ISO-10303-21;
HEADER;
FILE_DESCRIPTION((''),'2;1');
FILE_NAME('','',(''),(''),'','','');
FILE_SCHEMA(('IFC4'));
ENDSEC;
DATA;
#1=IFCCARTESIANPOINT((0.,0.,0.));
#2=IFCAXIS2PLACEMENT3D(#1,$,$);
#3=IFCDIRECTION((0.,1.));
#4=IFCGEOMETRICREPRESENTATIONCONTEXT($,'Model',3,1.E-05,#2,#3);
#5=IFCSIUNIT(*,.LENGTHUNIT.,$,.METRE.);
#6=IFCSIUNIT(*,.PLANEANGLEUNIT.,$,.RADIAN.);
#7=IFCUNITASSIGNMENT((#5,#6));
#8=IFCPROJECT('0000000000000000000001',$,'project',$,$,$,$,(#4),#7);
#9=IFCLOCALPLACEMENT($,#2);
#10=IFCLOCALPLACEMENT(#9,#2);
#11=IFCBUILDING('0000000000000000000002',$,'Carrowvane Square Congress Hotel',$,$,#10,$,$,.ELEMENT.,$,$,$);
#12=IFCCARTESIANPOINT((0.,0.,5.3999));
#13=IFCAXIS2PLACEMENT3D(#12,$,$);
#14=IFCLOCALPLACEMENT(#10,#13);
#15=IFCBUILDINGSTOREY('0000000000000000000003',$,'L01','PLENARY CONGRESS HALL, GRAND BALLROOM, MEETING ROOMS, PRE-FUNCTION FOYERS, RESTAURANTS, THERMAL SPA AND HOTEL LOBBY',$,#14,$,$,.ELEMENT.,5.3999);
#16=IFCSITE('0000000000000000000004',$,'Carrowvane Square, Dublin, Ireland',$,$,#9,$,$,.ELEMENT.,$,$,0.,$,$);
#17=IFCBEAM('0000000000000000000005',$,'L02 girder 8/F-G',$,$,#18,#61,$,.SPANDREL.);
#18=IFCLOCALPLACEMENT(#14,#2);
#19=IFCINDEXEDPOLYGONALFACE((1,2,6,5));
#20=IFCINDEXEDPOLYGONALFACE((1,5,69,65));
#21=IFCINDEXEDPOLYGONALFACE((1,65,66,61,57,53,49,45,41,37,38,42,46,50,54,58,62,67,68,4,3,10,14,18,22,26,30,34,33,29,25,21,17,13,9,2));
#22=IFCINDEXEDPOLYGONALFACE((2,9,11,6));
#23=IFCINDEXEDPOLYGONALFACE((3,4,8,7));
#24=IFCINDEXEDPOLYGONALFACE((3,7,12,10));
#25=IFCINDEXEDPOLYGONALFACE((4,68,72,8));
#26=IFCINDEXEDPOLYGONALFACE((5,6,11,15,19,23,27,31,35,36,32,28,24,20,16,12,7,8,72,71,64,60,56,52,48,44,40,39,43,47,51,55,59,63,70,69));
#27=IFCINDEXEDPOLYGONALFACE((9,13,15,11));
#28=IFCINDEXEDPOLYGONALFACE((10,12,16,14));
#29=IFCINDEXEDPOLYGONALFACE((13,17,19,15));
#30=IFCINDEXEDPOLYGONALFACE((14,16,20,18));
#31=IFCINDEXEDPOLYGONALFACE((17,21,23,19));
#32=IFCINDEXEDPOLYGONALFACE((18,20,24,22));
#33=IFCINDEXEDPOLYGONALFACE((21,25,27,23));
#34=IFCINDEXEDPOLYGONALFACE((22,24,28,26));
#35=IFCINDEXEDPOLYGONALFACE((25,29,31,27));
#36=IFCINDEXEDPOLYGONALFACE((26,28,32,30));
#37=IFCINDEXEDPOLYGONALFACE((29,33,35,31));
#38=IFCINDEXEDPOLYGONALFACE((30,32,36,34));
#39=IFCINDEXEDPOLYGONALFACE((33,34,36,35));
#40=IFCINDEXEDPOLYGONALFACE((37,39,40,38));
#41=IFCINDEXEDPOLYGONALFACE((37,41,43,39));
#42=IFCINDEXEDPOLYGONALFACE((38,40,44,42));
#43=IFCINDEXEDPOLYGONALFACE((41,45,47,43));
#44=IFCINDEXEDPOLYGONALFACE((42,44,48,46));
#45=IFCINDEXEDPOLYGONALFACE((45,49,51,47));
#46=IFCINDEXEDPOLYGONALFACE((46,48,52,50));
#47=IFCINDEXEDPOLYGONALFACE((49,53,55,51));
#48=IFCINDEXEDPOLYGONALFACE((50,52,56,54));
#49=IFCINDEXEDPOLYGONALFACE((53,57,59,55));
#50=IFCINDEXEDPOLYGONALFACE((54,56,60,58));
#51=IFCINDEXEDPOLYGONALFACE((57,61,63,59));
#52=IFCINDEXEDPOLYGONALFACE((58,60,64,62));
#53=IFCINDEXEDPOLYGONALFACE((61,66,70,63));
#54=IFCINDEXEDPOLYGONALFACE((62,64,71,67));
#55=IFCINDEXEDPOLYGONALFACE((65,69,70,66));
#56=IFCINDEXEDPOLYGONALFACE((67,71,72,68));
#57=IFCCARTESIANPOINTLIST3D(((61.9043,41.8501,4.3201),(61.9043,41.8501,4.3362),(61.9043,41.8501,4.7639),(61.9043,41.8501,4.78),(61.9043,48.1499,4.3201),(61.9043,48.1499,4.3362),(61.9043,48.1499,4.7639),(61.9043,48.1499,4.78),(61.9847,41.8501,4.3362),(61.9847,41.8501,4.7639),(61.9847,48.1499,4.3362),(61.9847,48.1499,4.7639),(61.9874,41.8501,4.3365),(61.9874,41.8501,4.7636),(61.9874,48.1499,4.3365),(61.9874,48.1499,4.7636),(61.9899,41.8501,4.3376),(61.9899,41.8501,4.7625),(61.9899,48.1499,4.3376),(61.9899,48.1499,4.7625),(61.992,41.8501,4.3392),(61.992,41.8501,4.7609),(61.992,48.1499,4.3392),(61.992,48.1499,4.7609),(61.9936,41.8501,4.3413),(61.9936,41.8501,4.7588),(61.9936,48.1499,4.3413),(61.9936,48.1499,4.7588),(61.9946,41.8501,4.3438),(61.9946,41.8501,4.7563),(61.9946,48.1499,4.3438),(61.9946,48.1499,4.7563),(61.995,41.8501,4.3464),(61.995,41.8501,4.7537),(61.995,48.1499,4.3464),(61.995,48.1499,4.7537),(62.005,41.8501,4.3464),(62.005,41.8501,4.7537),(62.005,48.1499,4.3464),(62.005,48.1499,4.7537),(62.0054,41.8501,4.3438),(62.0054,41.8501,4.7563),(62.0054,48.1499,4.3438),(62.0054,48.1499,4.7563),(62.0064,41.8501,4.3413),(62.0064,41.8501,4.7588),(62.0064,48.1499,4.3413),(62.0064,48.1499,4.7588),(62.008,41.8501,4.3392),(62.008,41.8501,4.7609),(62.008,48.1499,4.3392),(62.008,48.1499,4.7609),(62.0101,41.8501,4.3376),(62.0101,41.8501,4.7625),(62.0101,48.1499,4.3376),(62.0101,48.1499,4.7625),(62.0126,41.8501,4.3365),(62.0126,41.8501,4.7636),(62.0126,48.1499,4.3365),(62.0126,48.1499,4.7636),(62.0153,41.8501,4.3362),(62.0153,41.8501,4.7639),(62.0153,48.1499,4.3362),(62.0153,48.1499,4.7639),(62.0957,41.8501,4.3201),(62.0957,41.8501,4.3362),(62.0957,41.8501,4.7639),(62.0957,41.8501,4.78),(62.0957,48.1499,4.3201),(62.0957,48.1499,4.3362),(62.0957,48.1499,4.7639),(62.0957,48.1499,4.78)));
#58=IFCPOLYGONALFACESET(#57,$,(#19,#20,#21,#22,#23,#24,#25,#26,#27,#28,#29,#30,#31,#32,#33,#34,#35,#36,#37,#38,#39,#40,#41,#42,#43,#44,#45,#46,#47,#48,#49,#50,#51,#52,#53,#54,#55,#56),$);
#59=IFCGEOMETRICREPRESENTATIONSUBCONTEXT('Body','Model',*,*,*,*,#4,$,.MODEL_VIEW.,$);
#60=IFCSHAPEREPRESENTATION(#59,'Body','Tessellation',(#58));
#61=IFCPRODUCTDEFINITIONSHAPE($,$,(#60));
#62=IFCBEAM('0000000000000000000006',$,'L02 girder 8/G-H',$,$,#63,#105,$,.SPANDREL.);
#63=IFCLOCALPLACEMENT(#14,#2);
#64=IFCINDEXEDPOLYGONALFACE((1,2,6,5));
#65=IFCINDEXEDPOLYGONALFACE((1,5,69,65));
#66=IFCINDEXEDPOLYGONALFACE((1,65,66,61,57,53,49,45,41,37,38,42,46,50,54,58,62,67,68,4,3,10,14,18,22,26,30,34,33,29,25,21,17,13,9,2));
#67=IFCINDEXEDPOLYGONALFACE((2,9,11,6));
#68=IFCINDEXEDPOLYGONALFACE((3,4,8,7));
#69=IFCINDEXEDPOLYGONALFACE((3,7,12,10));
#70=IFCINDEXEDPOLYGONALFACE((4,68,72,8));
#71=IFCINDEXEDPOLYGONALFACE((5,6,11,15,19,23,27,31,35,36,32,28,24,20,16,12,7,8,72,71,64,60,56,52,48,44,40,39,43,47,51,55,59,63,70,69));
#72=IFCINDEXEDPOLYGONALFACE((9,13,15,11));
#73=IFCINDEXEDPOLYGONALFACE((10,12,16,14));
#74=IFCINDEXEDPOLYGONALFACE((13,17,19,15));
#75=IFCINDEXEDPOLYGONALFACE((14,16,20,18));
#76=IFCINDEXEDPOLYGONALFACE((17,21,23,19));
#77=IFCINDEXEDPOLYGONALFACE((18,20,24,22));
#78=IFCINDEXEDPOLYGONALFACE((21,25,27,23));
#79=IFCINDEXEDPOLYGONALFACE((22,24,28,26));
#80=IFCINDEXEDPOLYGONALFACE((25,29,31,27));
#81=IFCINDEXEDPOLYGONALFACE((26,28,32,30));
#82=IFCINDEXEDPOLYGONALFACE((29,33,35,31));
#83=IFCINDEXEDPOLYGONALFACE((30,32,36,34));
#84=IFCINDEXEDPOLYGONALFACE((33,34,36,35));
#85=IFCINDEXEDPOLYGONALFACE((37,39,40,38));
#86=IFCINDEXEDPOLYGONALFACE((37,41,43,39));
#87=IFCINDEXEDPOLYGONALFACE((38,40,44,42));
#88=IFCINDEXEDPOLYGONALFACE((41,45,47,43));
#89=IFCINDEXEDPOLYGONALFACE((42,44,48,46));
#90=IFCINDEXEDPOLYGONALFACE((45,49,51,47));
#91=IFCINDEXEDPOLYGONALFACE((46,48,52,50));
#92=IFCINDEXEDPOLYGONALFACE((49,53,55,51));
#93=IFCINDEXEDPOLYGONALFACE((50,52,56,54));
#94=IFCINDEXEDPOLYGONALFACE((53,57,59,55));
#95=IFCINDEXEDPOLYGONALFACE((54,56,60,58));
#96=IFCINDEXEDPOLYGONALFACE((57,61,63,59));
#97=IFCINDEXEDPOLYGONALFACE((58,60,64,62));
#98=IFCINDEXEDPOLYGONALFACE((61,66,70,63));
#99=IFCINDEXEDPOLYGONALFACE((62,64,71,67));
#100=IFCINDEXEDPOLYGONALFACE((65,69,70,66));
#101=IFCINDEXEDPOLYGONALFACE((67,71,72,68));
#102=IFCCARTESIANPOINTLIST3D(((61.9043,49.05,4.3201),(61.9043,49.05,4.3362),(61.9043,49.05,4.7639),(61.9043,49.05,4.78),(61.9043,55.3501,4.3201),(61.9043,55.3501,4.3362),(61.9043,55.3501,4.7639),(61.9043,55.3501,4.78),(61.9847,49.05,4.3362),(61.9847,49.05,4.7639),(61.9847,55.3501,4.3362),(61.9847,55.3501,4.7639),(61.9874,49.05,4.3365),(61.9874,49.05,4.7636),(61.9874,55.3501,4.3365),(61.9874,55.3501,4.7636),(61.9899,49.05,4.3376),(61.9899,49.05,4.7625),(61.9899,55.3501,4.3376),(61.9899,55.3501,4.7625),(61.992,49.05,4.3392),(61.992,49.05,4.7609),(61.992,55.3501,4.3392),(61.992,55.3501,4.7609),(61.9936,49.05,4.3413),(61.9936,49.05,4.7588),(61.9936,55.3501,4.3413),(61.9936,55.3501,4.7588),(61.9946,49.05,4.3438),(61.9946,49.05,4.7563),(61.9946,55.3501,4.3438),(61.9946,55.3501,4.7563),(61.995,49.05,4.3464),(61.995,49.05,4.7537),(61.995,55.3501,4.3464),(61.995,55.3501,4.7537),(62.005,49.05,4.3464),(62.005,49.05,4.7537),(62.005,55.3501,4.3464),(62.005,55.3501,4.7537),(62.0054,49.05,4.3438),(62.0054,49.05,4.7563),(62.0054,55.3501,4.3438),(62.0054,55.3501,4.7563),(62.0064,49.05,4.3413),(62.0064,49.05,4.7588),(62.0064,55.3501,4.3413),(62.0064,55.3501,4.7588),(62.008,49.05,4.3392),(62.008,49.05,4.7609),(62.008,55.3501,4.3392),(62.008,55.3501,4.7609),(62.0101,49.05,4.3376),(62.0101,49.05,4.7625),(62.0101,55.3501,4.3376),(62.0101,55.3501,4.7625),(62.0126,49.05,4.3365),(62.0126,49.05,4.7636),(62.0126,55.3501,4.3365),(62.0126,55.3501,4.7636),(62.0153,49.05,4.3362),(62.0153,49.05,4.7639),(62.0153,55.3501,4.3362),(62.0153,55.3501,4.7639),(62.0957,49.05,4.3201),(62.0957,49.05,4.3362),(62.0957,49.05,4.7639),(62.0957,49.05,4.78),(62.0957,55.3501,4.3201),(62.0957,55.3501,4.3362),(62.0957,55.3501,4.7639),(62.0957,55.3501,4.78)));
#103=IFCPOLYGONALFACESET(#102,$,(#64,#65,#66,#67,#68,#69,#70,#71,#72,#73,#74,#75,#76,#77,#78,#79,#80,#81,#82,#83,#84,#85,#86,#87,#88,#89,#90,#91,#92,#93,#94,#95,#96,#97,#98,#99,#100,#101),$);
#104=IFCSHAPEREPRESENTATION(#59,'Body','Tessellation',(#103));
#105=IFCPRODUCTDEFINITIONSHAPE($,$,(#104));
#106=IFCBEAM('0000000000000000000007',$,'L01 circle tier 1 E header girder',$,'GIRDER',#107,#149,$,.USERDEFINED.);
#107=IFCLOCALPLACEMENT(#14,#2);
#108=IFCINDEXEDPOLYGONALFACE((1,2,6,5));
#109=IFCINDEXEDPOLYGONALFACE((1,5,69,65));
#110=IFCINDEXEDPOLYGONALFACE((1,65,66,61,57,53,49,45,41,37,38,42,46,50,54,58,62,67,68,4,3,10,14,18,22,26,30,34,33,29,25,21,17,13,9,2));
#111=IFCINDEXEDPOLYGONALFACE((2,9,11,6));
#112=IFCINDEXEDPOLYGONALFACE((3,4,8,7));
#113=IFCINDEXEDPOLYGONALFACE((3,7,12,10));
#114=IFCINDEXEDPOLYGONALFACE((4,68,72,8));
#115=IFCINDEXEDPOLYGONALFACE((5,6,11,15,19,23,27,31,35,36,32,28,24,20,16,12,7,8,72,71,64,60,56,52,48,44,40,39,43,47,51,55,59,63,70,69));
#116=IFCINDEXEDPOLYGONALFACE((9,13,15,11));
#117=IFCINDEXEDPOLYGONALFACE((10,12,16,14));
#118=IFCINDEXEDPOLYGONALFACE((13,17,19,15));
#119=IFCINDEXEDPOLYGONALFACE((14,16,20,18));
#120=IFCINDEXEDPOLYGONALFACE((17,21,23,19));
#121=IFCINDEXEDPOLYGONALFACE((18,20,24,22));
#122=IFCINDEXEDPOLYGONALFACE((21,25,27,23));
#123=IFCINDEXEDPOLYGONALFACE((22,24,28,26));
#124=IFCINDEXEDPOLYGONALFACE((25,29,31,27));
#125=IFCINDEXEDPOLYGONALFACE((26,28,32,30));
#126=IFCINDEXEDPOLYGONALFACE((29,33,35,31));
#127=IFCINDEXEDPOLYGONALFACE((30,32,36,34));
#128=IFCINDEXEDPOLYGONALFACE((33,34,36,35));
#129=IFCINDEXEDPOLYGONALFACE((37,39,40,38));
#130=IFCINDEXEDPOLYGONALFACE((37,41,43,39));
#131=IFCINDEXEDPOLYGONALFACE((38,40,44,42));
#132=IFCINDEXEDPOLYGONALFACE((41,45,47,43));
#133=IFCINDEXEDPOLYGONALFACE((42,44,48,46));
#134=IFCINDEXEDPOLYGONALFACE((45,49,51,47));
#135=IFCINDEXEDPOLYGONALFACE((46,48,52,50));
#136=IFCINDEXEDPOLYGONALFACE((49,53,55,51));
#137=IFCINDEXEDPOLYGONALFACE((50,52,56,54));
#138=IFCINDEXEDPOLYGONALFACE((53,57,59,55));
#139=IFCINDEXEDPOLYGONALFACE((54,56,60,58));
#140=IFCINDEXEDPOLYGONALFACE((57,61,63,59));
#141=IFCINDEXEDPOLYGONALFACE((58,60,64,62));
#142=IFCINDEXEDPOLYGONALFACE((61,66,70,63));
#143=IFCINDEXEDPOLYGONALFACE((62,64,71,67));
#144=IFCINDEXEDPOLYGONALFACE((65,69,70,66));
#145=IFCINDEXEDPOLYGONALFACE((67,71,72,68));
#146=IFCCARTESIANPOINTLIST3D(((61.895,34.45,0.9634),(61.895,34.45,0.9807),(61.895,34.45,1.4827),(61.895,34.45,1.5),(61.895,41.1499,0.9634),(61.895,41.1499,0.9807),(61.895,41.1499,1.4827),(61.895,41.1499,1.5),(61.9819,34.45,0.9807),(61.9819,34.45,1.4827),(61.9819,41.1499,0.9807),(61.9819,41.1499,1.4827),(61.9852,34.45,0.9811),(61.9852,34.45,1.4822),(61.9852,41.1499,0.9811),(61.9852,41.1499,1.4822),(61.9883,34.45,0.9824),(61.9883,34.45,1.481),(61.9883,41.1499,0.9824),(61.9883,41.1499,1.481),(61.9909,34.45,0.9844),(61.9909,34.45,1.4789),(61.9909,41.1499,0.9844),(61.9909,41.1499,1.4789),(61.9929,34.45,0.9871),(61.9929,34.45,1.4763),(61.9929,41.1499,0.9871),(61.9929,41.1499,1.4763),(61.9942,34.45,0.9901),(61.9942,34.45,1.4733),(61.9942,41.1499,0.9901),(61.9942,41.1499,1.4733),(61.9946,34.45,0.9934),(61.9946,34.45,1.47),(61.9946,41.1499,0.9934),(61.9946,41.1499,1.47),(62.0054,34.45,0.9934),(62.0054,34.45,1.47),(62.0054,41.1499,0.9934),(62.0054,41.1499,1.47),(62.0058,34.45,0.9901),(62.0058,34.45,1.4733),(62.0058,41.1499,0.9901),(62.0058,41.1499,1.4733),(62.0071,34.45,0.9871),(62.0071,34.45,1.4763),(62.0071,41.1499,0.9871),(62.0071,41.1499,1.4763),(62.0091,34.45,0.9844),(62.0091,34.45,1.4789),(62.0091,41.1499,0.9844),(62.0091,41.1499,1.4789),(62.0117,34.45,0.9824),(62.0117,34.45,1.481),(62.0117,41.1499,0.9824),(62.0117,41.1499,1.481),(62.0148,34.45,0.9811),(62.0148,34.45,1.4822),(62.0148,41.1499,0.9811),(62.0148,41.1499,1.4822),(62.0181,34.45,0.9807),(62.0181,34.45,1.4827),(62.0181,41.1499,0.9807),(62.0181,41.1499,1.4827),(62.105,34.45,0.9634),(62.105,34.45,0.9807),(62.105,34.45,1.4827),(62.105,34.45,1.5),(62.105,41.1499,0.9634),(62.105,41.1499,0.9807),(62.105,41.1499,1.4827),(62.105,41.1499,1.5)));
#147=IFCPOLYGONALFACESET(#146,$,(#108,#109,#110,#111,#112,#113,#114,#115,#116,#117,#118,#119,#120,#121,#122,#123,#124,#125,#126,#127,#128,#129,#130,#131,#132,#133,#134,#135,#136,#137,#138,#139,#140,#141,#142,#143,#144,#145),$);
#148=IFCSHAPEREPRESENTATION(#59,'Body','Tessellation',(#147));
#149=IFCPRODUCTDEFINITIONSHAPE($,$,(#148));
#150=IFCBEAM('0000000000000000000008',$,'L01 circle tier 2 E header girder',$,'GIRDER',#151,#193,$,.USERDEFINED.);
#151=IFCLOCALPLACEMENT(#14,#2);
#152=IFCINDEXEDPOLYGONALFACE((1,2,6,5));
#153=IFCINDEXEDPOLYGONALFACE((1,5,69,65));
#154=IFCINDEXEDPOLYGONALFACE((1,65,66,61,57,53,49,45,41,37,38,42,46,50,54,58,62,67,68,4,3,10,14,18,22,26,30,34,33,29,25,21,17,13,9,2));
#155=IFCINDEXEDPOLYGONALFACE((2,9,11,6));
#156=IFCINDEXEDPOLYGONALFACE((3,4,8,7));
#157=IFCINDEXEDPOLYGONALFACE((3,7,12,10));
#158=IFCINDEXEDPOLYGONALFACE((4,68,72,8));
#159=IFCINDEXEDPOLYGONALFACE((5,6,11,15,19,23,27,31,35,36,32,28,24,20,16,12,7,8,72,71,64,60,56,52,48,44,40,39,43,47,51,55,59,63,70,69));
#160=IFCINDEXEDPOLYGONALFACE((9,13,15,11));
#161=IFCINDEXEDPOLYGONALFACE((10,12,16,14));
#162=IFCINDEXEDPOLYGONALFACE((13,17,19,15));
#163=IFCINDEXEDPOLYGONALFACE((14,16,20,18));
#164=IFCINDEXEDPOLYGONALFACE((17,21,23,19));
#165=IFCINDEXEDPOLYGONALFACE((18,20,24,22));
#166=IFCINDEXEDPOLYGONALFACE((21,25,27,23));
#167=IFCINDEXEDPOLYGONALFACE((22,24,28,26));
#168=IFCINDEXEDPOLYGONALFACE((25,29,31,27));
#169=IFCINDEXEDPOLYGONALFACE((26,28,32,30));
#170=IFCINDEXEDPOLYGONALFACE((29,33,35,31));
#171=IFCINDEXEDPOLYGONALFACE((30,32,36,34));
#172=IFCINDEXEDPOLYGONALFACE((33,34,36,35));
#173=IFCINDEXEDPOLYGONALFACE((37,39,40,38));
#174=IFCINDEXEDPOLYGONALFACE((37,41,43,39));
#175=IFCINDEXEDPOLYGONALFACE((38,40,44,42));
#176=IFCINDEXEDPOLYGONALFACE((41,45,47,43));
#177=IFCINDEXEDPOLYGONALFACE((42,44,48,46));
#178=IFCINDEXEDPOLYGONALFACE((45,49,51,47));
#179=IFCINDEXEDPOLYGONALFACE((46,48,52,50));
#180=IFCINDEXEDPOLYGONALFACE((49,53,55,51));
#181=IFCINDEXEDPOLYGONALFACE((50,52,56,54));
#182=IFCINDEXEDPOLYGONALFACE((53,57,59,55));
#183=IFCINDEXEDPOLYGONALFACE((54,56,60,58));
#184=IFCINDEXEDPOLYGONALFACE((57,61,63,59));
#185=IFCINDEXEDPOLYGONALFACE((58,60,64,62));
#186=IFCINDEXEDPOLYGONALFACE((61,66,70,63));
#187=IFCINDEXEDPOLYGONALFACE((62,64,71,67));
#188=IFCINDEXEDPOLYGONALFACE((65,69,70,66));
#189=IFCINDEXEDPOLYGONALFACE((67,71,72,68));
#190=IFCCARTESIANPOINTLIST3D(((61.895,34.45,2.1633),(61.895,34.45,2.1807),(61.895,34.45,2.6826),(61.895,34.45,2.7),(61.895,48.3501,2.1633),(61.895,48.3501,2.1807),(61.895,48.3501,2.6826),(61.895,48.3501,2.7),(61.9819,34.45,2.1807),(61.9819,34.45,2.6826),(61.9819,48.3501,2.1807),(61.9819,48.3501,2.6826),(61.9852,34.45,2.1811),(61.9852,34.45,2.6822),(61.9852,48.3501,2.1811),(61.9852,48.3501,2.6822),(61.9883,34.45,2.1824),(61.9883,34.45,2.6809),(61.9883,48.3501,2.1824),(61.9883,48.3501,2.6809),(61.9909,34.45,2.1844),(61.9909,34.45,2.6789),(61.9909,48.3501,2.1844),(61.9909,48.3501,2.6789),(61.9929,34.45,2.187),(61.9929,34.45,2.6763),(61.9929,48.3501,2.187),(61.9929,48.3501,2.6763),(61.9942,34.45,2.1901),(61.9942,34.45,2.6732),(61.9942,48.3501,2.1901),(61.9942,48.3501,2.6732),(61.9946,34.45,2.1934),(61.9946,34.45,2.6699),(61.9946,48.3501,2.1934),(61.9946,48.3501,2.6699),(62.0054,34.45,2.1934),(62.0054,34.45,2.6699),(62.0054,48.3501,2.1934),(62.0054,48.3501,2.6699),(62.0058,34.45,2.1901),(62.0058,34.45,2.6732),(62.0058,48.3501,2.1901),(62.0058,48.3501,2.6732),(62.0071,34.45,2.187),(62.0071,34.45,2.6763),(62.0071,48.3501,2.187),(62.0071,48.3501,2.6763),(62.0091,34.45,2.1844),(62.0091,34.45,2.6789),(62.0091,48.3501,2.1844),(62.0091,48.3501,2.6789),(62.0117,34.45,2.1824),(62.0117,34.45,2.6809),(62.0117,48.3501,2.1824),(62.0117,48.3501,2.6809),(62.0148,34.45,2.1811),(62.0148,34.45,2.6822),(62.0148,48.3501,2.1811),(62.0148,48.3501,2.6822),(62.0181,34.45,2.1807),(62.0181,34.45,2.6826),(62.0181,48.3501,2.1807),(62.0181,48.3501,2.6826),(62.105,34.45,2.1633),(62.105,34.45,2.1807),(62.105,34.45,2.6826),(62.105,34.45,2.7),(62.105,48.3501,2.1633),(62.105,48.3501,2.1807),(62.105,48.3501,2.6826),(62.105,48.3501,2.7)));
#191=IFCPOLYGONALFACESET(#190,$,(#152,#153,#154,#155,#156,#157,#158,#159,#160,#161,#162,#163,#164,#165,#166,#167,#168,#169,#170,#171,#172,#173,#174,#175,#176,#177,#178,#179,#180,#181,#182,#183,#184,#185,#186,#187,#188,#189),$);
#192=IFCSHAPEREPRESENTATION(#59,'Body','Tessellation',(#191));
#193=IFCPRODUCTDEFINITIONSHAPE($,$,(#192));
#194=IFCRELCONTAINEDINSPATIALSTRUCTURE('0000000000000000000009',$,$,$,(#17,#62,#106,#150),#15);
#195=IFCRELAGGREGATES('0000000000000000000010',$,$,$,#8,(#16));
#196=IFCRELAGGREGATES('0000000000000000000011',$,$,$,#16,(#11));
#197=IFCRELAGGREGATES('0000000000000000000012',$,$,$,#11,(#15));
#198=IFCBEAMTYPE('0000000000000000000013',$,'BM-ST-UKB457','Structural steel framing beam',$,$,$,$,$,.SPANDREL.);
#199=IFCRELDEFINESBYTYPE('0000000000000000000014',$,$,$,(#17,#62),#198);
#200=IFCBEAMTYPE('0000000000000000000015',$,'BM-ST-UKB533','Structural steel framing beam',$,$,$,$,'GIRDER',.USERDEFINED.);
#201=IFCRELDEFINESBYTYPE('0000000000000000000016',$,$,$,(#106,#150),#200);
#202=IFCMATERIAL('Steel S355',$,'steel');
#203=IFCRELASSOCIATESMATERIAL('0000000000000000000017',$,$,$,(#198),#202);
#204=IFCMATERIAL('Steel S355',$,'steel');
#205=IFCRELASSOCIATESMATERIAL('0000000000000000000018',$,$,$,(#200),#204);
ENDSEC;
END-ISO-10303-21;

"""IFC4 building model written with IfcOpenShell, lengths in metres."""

from ifc_helpers import new_model, si_unit, direction, frame, origin, origin_2d, place, context, subcontext, project, spatial, i_section, extrude, material, material_profile, profile_set, type_object, element, save


model = new_model("IFC4")

# Units and contexts
model_context = context("Model", 3, precision=1e-05, world=origin(), true_north=direction((0.0, 1.0)))
body_context = subcontext(model_context, "Body", "Model", "MODEL_VIEW")
ifc_project = project(units=[si_unit("LENGTHUNIT", "METRE"), si_unit("PLANEANGLEUNIT", "RADIAN")], contexts=[model_context])

# Site, building, storey
site_placement = place(None, origin())
site = spatial("IfcSite", under=ifc_project, at=site_placement, Name="Carrowvane Square, Dublin, Ireland", CompositionType="ELEMENT", RefElevation=0.0)
building_placement = place(site_placement, origin())
building = spatial("IfcBuilding", under=site, at=building_placement, Name="Carrowvane Square Congress Hotel", CompositionType="ELEMENT")
storey_placement = place(building_placement, frame((0.0, 0.0, 5.3999)))
storey = spatial("IfcBuildingStorey", under=building, at=storey_placement, Name="L01", Description="PLENARY CONGRESS HALL, GRAND BALLROOM, MEETING ROOMS, PRE-FUNCTION FOYERS, RESTAURANTS, THERMAL SPA AND HOTEL LOBBY", CompositionType="ELEMENT", Elevation=5.3999)

# Beams
ifc_material_1 = material(Name="Steel S355", Category="steel")
ifc_material_profile_1 = material_profile(ifc_material_1, i_section(OverallWidth=0.1914, OverallDepth=0.46, WebThickness=0.01, FlangeThickness=0.0161, FilletRadius=0.0103, at=origin_2d()), Name="UKB 457x191x82")
ifc_profile_set_1 = profile_set([ifc_material_profile_1], Name="Steel S355")
beam_type_1 = type_object("IfcBeamType", Name="BM-ST-UKB457", Description="Structural steel framing beam", PredefinedType="SPANDREL", material=ifc_profile_set_1)
beam_1_placement = place(storey_placement, frame((62.0, 41.8501, 4.55), z_axis=(0.0, 1.0, 0.0), x_axis=(-1.0, 0.0, 0.0)))
element("IfcBeam", 1, at=beam_1_placement, inside=storey, type_object=beam_type_1, Name="L02 girder 8/F-G", PredefinedType="SPANDREL", context=body_context, shape_type="SweptSolid", body=[
    extrude(i_section(OverallWidth=0.1914, OverallDepth=0.46, WebThickness=0.01, FlangeThickness=0.0161, FilletRadius=0.0103, at=origin_2d()), origin(), (0.0, 0.0, 1.0), 6.2998),
])
beam_2_placement = place(storey_placement, frame((62.0, 49.05, 4.55), z_axis=(0.0, 1.0, 0.0), x_axis=(-1.0, 0.0, 0.0)))
element("IfcBeam", 2, at=beam_2_placement, inside=storey, type_object=beam_type_1, Name="L02 girder 8/G-H", PredefinedType="SPANDREL", context=body_context, shape_type="SweptSolid", body=[
    extrude(i_section(OverallWidth=0.1914, OverallDepth=0.46, WebThickness=0.01, FlangeThickness=0.0161, FilletRadius=0.0103, at=origin_2d()), origin(), (0.0, 0.0, 1.0), 6.3),
])
ifc_material_2 = material(Name="Steel S355", Category="steel")
ifc_material_profile_2 = material_profile(ifc_material_2, i_section(OverallWidth=0.21, OverallDepth=0.5366, WebThickness=0.0107, FlangeThickness=0.0173, FilletRadius=0.0127, at=origin_2d()), Name="UKB 533x210x101")
ifc_profile_set_2 = profile_set([ifc_material_profile_2], Name="Steel S355")
beam_type_2 = type_object("IfcBeamType", Name="BM-ST-UKB533", Description="Structural steel framing beam", ElementType="GIRDER", PredefinedType="USERDEFINED", material=ifc_profile_set_2)
beam_3_placement = place(storey_placement, frame((62.0, 34.45, 1.2317), z_axis=(0.0, 1.0, 0.0), x_axis=(-1.0, 0.0, 0.0)))
element("IfcBeam", 3, at=beam_3_placement, inside=storey, type_object=beam_type_2, Name="L01 circle tier 1 E header girder", ObjectType="GIRDER", PredefinedType="USERDEFINED", context=body_context, shape_type="SweptSolid", body=[
    extrude(i_section(OverallWidth=0.21, OverallDepth=0.5366, WebThickness=0.0107, FlangeThickness=0.0173, FilletRadius=0.0127, at=origin_2d()), origin(), (0.0, 0.0, 1.0), 6.7),
])
beam_4_placement = place(storey_placement, frame((62.0, 34.45, 2.4316), z_axis=(0.0, 1.0, 0.0), x_axis=(-1.0, 0.0, 0.0)))
element("IfcBeam", 4, at=beam_4_placement, inside=storey, type_object=beam_type_2, Name="L01 circle tier 2 E header girder", ObjectType="GIRDER", PredefinedType="USERDEFINED", context=body_context, shape_type="SweptSolid", body=[
    extrude(i_section(OverallWidth=0.21, OverallDepth=0.5366, WebThickness=0.0107, FlangeThickness=0.0173, FilletRadius=0.0127, at=origin_2d()), origin(), (0.0, 0.0, 1.0), 13.9001),
])

save(model, "model.ifc")
